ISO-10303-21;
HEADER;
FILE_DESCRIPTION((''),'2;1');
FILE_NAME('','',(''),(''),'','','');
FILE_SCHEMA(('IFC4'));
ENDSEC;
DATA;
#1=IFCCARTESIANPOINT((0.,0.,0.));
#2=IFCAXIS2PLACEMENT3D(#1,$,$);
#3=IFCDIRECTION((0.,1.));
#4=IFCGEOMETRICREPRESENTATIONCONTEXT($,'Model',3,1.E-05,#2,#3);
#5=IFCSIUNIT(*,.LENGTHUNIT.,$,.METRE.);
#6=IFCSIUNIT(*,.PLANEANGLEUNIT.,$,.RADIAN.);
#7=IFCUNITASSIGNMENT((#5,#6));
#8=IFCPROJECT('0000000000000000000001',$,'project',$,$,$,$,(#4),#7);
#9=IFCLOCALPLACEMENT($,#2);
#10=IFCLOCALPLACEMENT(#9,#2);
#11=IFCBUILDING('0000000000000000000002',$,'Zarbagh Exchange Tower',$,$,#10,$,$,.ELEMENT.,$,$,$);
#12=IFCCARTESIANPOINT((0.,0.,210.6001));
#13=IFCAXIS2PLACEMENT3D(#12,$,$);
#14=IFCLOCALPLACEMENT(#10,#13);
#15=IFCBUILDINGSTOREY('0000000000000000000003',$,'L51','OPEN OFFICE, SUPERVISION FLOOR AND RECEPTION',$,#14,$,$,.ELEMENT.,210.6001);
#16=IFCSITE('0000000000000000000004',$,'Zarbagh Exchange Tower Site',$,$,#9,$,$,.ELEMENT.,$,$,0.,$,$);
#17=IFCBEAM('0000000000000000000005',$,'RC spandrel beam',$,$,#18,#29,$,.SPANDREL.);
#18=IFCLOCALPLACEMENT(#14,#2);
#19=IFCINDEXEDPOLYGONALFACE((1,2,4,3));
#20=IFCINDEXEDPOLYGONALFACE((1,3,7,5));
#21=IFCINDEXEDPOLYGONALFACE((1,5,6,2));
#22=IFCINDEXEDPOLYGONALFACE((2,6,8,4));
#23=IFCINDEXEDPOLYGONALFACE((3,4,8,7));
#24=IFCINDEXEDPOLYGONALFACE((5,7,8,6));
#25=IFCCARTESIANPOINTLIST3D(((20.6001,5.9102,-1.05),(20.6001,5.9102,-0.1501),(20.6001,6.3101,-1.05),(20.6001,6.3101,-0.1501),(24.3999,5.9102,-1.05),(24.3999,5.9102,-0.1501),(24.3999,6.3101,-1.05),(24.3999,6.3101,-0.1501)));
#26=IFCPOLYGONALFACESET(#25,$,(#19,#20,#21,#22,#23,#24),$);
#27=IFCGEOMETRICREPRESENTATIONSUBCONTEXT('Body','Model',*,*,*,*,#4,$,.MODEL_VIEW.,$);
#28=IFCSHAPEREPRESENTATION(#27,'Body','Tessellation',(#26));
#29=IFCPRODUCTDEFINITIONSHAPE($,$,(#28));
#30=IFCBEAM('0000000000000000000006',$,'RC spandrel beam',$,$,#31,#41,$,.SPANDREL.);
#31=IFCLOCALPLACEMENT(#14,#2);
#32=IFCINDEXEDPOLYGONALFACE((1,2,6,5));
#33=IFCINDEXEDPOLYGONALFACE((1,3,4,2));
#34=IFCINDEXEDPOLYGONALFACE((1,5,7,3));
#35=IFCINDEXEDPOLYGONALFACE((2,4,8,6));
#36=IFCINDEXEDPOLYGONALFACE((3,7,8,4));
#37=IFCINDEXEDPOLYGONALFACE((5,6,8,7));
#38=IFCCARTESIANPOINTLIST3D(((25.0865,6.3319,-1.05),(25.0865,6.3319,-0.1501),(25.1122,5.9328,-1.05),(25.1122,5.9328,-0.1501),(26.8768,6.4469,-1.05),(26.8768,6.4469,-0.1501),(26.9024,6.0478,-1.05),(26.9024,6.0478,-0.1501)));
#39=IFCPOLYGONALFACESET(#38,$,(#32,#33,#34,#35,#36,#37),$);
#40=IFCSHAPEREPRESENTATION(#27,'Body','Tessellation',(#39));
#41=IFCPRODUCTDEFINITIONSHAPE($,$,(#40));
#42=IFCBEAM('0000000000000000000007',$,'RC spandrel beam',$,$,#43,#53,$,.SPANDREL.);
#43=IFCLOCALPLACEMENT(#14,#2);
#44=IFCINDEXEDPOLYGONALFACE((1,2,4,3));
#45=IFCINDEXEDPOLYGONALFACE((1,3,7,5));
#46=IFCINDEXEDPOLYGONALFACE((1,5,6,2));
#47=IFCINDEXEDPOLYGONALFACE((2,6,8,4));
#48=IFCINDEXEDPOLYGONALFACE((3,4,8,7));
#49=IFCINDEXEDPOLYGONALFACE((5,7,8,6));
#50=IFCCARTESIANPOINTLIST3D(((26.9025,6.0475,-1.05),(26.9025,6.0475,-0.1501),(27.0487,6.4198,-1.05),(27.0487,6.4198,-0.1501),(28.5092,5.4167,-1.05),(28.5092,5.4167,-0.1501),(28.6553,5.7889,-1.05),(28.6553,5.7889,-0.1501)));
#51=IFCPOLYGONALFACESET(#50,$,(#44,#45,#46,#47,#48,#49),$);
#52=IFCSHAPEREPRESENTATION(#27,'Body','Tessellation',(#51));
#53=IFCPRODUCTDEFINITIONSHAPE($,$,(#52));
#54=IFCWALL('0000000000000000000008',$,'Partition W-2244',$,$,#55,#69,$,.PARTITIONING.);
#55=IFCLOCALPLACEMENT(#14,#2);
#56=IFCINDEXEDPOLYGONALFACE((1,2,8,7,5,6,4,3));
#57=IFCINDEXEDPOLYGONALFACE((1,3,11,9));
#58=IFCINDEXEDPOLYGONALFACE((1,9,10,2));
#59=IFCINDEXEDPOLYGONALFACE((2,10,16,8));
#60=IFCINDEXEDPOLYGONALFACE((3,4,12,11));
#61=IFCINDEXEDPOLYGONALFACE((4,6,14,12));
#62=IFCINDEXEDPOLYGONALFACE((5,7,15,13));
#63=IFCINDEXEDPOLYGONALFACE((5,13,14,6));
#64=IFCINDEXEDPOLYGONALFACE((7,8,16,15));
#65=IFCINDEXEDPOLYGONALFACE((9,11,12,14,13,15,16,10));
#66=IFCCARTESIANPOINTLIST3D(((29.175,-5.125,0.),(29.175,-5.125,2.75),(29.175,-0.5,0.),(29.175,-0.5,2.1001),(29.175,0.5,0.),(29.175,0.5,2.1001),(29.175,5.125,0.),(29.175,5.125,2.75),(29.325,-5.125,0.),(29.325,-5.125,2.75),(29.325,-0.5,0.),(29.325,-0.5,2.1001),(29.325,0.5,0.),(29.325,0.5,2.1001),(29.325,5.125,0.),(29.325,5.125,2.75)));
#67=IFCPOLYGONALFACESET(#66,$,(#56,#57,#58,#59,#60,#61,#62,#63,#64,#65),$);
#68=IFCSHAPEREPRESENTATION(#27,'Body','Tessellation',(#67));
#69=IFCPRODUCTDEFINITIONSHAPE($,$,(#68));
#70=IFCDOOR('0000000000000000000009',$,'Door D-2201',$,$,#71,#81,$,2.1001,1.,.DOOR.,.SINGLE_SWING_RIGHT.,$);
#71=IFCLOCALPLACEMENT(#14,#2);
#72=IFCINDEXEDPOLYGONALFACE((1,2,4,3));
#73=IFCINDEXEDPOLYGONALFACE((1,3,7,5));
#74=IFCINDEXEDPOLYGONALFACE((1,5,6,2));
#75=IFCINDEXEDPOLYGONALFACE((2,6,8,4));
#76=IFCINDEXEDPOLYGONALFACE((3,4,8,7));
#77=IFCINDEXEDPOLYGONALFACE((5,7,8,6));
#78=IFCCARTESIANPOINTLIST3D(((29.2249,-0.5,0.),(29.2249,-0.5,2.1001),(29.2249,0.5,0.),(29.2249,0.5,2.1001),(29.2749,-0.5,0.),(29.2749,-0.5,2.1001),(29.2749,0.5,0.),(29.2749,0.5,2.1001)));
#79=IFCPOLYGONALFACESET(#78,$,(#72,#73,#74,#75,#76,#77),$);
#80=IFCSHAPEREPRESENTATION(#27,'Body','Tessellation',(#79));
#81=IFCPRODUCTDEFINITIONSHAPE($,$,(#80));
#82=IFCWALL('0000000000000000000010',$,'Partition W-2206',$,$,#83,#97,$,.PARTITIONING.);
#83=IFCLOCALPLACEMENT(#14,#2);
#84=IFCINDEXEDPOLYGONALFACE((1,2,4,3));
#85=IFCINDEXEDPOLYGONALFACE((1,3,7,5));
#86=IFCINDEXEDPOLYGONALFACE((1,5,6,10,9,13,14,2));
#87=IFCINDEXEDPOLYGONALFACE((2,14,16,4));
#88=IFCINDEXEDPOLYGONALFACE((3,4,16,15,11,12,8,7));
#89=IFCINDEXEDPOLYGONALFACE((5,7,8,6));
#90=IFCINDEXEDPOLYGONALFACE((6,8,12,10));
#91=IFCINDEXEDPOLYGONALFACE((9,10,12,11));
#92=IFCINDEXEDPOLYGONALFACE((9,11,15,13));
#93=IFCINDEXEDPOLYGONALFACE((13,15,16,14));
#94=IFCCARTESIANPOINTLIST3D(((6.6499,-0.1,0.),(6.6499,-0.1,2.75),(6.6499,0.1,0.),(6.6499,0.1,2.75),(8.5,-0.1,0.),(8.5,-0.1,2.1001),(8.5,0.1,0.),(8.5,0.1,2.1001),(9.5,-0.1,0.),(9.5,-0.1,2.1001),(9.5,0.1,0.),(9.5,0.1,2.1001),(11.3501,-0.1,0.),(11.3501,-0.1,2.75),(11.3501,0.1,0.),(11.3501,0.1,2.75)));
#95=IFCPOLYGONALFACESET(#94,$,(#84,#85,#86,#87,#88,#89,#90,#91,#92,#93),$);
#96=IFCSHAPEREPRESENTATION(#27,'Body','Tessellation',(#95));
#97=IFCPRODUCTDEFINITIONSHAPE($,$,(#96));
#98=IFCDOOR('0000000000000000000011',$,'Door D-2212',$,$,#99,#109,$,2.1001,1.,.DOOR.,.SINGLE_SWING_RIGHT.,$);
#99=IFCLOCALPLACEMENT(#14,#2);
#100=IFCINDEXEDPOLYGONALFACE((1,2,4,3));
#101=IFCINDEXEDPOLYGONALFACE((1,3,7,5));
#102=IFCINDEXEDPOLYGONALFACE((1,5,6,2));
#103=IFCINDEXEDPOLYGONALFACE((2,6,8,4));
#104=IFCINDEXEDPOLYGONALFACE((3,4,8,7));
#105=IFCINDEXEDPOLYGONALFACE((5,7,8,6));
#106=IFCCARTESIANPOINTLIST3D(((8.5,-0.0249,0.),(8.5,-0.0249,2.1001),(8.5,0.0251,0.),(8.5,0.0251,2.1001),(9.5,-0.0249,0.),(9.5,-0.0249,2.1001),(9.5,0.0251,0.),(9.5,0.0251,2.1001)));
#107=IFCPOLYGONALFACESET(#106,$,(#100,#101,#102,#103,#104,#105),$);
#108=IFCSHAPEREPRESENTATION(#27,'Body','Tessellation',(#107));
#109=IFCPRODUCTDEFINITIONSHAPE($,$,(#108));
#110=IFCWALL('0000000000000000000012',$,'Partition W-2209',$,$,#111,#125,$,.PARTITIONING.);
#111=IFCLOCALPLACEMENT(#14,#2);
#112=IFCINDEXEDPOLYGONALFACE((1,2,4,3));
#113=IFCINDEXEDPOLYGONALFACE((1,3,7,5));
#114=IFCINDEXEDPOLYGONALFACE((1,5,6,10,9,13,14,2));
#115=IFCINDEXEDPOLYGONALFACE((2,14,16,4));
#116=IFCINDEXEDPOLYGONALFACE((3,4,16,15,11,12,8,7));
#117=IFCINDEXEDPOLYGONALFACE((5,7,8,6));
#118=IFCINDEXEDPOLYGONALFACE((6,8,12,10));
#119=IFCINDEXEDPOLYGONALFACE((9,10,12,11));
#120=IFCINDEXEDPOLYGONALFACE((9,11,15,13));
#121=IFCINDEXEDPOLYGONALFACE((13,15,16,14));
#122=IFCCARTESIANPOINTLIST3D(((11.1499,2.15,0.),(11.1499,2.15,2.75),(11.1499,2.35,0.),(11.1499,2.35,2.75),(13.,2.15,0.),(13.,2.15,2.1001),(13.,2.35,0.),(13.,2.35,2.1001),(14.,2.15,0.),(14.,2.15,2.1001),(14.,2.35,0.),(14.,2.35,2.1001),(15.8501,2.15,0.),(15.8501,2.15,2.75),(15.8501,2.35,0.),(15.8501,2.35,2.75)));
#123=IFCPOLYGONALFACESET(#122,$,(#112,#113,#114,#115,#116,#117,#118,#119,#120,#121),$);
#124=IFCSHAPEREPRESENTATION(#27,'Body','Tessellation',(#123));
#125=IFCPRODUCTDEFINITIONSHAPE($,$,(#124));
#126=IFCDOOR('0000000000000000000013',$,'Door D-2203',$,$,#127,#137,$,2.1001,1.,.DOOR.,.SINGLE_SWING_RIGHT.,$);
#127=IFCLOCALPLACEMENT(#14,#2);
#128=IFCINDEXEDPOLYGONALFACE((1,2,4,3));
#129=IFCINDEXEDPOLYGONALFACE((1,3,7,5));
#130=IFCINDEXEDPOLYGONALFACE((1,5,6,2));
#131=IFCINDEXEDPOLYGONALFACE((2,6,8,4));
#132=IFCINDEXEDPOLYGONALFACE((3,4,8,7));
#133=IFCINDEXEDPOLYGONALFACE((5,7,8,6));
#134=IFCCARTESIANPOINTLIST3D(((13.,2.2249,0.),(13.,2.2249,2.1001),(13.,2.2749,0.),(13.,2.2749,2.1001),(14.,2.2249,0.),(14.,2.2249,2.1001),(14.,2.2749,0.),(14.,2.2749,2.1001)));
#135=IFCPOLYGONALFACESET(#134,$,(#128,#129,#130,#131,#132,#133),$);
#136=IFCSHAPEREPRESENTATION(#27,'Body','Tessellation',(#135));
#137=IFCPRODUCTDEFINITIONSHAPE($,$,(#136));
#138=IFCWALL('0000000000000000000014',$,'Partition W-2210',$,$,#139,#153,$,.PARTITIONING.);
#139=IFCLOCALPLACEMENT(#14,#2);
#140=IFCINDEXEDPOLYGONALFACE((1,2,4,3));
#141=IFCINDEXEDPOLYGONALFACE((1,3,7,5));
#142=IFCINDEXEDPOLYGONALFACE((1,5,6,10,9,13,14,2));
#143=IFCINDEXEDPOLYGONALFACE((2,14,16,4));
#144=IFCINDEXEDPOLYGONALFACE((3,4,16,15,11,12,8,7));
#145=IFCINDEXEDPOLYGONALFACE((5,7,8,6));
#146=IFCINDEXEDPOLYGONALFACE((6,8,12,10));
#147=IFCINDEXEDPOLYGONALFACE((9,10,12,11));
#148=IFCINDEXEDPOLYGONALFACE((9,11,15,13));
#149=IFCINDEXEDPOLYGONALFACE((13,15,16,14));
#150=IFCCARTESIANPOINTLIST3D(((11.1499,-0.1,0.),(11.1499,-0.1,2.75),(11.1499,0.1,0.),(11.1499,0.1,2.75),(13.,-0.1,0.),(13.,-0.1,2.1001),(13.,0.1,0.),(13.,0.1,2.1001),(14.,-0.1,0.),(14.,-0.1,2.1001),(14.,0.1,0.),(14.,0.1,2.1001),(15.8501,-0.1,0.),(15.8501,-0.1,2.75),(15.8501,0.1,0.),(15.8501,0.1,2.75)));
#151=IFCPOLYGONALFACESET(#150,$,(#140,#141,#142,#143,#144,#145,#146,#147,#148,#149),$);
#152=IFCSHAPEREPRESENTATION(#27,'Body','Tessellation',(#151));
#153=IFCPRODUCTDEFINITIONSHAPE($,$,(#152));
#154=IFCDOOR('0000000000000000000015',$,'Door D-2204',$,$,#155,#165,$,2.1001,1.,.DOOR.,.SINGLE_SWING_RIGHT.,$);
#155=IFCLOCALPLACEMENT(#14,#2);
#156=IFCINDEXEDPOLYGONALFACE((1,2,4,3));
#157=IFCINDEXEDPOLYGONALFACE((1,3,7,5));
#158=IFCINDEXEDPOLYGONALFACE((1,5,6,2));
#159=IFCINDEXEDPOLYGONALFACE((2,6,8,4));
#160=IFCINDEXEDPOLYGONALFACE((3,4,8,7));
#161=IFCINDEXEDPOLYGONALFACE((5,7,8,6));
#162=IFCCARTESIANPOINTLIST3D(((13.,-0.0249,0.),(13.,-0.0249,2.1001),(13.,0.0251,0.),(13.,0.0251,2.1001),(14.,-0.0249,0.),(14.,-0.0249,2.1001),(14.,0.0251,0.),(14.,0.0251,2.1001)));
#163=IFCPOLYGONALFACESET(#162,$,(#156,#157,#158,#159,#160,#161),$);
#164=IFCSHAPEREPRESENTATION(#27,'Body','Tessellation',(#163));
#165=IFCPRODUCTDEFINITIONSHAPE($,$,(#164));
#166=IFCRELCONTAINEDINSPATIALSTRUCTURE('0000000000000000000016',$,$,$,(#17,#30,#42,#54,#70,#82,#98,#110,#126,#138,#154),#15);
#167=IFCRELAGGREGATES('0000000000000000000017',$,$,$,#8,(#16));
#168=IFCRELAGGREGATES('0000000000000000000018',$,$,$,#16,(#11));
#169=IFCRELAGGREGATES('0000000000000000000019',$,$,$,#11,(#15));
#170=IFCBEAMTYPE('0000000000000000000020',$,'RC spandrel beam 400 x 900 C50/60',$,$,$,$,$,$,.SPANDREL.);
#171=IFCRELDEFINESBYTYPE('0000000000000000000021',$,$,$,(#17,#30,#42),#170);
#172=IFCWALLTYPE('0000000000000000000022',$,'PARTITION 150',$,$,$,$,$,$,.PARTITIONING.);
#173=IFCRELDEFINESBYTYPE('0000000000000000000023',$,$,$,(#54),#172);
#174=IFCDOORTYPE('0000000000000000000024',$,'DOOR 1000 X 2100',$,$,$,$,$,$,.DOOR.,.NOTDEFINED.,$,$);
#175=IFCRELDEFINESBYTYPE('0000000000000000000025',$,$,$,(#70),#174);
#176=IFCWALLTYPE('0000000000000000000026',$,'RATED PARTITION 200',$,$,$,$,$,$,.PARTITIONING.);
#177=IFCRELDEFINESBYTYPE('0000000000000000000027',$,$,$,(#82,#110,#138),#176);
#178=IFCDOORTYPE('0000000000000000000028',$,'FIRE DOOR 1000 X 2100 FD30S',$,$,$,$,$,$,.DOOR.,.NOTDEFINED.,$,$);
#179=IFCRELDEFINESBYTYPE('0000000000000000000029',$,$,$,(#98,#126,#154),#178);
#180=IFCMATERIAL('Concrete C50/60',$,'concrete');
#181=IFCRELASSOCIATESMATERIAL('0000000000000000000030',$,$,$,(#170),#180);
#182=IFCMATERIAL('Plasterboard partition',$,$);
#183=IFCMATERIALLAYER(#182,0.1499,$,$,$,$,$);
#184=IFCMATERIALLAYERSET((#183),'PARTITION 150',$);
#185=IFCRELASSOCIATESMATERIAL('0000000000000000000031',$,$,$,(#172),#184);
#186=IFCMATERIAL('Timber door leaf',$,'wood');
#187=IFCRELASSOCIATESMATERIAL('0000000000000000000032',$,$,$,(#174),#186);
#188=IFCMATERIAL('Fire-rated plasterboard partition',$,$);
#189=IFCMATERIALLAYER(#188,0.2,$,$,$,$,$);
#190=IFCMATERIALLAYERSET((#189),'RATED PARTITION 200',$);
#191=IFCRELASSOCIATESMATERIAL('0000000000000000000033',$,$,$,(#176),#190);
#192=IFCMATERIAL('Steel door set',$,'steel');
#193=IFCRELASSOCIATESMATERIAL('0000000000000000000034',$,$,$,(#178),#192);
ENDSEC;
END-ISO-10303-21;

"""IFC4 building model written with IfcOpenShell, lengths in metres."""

from ifc_helpers import new_model, si_unit, direction, frame, frame_2d, origin, origin_2d, place, context, subcontext, project, spatial, rectangle, extrude, material, layer, layer_set, material_profile, profile_set, type_object, element, fill, save


model = new_model("IFC4")

# Units and contexts
model_context = context("Model", 3, precision=1e-05, world=origin(), true_north=direction((0.0, 1.0)))
body_context = subcontext(model_context, "Body", "Model", "MODEL_VIEW")
ifc_project = project(units=[si_unit("LENGTHUNIT", "METRE"), si_unit("PLANEANGLEUNIT", "RADIAN")], contexts=[model_context])

# Site, building, storey
site_placement = place(None, origin())
site = spatial("IfcSite", under=ifc_project, at=site_placement, Name="Zarbagh Exchange Tower Site", CompositionType="ELEMENT", RefElevation=0.0)
building_placement = place(site_placement, origin())
building = spatial("IfcBuilding", under=site, at=building_placement, Name="Zarbagh Exchange Tower", CompositionType="ELEMENT")
storey_placement = place(building_placement, frame((0.0, 0.0, 210.6001)))
storey = spatial("IfcBuildingStorey", under=building, at=storey_placement, Name="L51", Description="OPEN OFFICE, SUPERVISION FLOOR AND RECEPTION", CompositionType="ELEMENT", Elevation=210.6001)

# Shared definitions
ifc_material_1 = material(Name="Concrete C50/60", Category="concrete")

# Beams
ifc_material_profile_1 = material_profile(ifc_material_1, rectangle(XDim=0.3999, YDim=0.8999, at=origin_2d()), Name="RC spandrel beam 400 x 900 C50/60")
ifc_profile_set_1 = profile_set([ifc_material_profile_1], Name="Concrete C50/60")
beam_type_1 = type_object("IfcBeamType", Name="RC spandrel beam 400 x 900 C50/60", PredefinedType="SPANDREL", material=ifc_profile_set_1)
beam_1_placement = place(storey_placement, frame((20.6001, 6.1101, -0.6001), z_axis=(1.0, 0.0, 0.0), x_axis=(0.0, 1.0, 0.0)))
element("IfcBeam", 1, at=beam_1_placement, inside=storey, type_object=beam_type_1, Name="RC spandrel beam", PredefinedType="SPANDREL", context=body_context, shape_type="SweptSolid", body=[
    extrude(rectangle(XDim=0.3999, YDim=0.8999, at=origin_2d()), origin(), (0.0, 0.0, 1.0), 3.7998),
])
beam_2_placement = place(storey_placement, frame((25.0994, 6.1323, -0.6001), z_axis=(0.997944, 0.064098, 0.0), x_axis=(-0.064098, 0.997944, 0.0)))
element("IfcBeam", 2, at=beam_2_placement, inside=storey, type_object=beam_type_1, Name="RC spandrel beam", PredefinedType="SPANDREL", context=body_context, shape_type="SweptSolid", body=[
    extrude(rectangle(XDim=0.3999, YDim=0.8999, at=origin_2d()), origin(), (0.0, 0.0, 1.0), 1.7939),
])
beam_3_placement = place(storey_placement, frame((26.9756, 6.2336, -0.6001), z_axis=(0.930819, -0.365482, 0.0), x_axis=(0.365482, 0.930819, 0.0)))
element("IfcBeam", 3, at=beam_3_placement, inside=storey, type_object=beam_type_1, Name="RC spandrel beam", PredefinedType="SPANDREL", context=body_context, shape_type="SweptSolid", body=[
    extrude(rectangle(XDim=0.3999, YDim=0.8999, at=origin_2d()), origin(), (0.0, 0.0, 1.0), 1.7261),
])

# Walls, openings, doors
ifc_material_2 = material(Name="Plasterboard partition")
ifc_layer_1 = layer(ifc_material_2, 0.1499)
ifc_layer_set_1 = layer_set([ifc_layer_1], Name="PARTITION 150")
wall_type_1 = type_object("IfcWallType", Name="PARTITION 150", PredefinedType="PARTITIONING", material=ifc_layer_set_1)
wall_1_placement = place(storey_placement, frame((29.25, 5.125, 0.0), z_axis=(0.0, 0.0, 1.0), x_axis=(0.0, -1.0, 0.0)))
wall_1 = element("IfcWall", 4, at=wall_1_placement, inside=storey, type_object=wall_type_1, Name="Partition W-2244", PredefinedType="PARTITIONING", context=body_context, shape_type="SweptSolid", body=[
    extrude(rectangle(XDim=10.25, YDim=0.1499, at=frame_2d((5.125, 0.0))), origin(), (0.0, 0.0, 1.0), 2.75),
])
opening_1_placement = place(wall_1_placement, frame((4.625, 0.0, 0.0)))
opening_1 = element("IfcOpeningElement", 5, at=opening_1_placement, cuts=wall_1, PredefinedType="OPENING", context=body_context, shape_type="SweptSolid", body=[
    extrude(rectangle(XDim=1.0, YDim=2.1001, at=frame_2d((0.5, 1.05))), frame((0.0, 0.085, 0.0), z_axis=(0.0, -1.0, 0.0), x_axis=(1.0, 0.0, 0.0)), (0.0, 0.0, 1.0), 0.1699),
])
ifc_material_3 = material(Name="Timber door leaf", Category="wood")
door_type_1 = type_object("IfcDoorType", Name="DOOR 1000 X 2100", OperationType="NOTDEFINED", PredefinedType="DOOR", material=ifc_material_3)
door_1_placement = place(opening_1_placement, origin())
door_1 = element("IfcDoor", 6, at=door_1_placement, inside=storey, type_object=door_type_1, Name="Door D-2201", OperationType="SINGLE_SWING_RIGHT", OverallHeight=2.1001, OverallWidth=1.0, PredefinedType="DOOR", context=body_context, shape_type="SweptSolid", body=[
    extrude(rectangle(XDim=1.0, YDim=2.1001, at=frame_2d((0.5, 1.05))), frame((0.0, 0.0249, 0.0), z_axis=(0.0, -1.0, 0.0), x_axis=(1.0, 0.0, 0.0)), (0.0, 0.0, 1.0), 0.05),
])
fill(opening_1, door_1)
ifc_material_4 = material(Name="Fire-rated plasterboard partition")
ifc_layer_2 = layer(ifc_material_4, 0.2)
ifc_layer_set_2 = layer_set([ifc_layer_2], Name="RATED PARTITION 200")
wall_type_2 = type_object("IfcWallType", Name="RATED PARTITION 200", PredefinedType="PARTITIONING", material=ifc_layer_set_2)
wall_2_placement = place(storey_placement, frame((11.3501, 0.0, 0.0), z_axis=(0.0, 0.0, 1.0), x_axis=(-1.0, 0.0, 0.0)))
wall_2 = element("IfcWall", 7, at=wall_2_placement, inside=storey, type_object=wall_type_2, Name="Partition W-2206", PredefinedType="PARTITIONING", context=body_context, shape_type="SweptSolid", body=[
    extrude(rectangle(XDim=4.7002, YDim=0.2, at=frame_2d((2.3501, 0.0))), origin(), (0.0, 0.0, 1.0), 2.75),
])
opening_2_placement = place(wall_2_placement, frame((1.8501, 0.0, 0.0)))
opening_2 = element("IfcOpeningElement", 8, at=opening_2_placement, cuts=wall_2, PredefinedType="OPENING", context=body_context, shape_type="SweptSolid", body=[
    extrude(rectangle(XDim=1.0, YDim=2.1001, at=frame_2d((0.5, 1.05))), frame((0.0, 0.1099, 0.0), z_axis=(0.0, -1.0, 0.0), x_axis=(1.0, 0.0, 0.0)), (0.0, 0.0, 1.0), 0.22),
])
ifc_material_5 = material(Name="Steel door set", Category="steel")
door_type_2 = type_object("IfcDoorType", Name="FIRE DOOR 1000 X 2100 FD30S", OperationType="NOTDEFINED", PredefinedType="DOOR", material=ifc_material_5)
door_2_placement = place(opening_2_placement, origin())
door_2 = element("IfcDoor", 9, at=door_2_placement, inside=storey, type_object=door_type_2, Name="Door D-2212", OperationType="SINGLE_SWING_RIGHT", OverallHeight=2.1001, OverallWidth=1.0, PredefinedType="DOOR", context=body_context, shape_type="SweptSolid", body=[
    extrude(rectangle(XDim=1.0, YDim=2.1001, at=frame_2d((0.5, 1.05))), frame((0.0, 0.0249, 0.0), z_axis=(0.0, -1.0, 0.0), x_axis=(1.0, 0.0, 0.0)), (0.0, 0.0, 1.0), 0.05),
])
fill(opening_2, door_2)
wall_3_placement = place(storey_placement, frame((11.1499, 2.25, 0.0), z_axis=(0.0, 0.0, 1.0), x_axis=(1.0, 0.0, 0.0)))
wall_3 = element("IfcWall", 10, at=wall_3_placement, inside=storey, type_object=wall_type_2, Name="Partition W-2209", PredefinedType="PARTITIONING", context=body_context, shape_type="SweptSolid", body=[
    extrude(rectangle(XDim=4.7002, YDim=0.2, at=frame_2d((2.3501, 0.0))), origin(), (0.0, 0.0, 1.0), 2.75),
])
opening_3_placement = place(wall_3_placement, frame((1.8501, 0.0, 0.0)))
opening_3 = element("IfcOpeningElement", 11, at=opening_3_placement, cuts=wall_3, PredefinedType="OPENING", context=body_context, shape_type="SweptSolid", body=[
    extrude(rectangle(XDim=1.0, YDim=2.1001, at=frame_2d((0.5, 1.05))), frame((0.0, 0.1099, 0.0), z_axis=(0.0, -1.0, 0.0), x_axis=(1.0, 0.0, 0.0)), (0.0, 0.0, 1.0), 0.22),
])
door_3_placement = place(opening_3_placement, origin())
door_3 = element("IfcDoor", 12, at=door_3_placement, inside=storey, type_object=door_type_2, Name="Door D-2203", OperationType="SINGLE_SWING_RIGHT", OverallHeight=2.1001, OverallWidth=1.0, PredefinedType="DOOR", context=body_context, shape_type="SweptSolid", body=[
    extrude(rectangle(XDim=1.0, YDim=2.1001, at=frame_2d((0.5, 1.05))), frame((0.0, 0.0249, 0.0), z_axis=(0.0, -1.0, 0.0), x_axis=(1.0, 0.0, 0.0)), (0.0, 0.0, 1.0), 0.05),
])
fill(opening_3, door_3)
wall_4_placement = place(storey_placement, frame((15.8501, 0.0, 0.0), z_axis=(0.0, 0.0, 1.0), x_axis=(-1.0, 0.0, 0.0)))
wall_4 = element("IfcWall", 13, at=wall_4_placement, inside=storey, type_object=wall_type_2, Name="Partition W-2210", PredefinedType="PARTITIONING", context=body_context, shape_type="SweptSolid", body=[
    extrude(rectangle(XDim=4.7002, YDim=0.2, at=frame_2d((2.3501, 0.0))), origin(), (0.0, 0.0, 1.0), 2.75),
])
opening_4_placement = place(wall_4_placement, frame((1.8501, 0.0, 0.0)))
opening_4 = element("IfcOpeningElement", 14, at=opening_4_placement, cuts=wall_4, PredefinedType="OPENING", context=body_context, shape_type="SweptSolid", body=[
    extrude(rectangle(XDim=1.0, YDim=2.1001, at=frame_2d((0.5, 1.05))), frame((0.0, 0.1099, 0.0), z_axis=(0.0, -1.0, 0.0), x_axis=(1.0, 0.0, 0.0)), (0.0, 0.0, 1.0), 0.22),
])
door_4_placement = place(opening_4_placement, origin())
door_4 = element("IfcDoor", 15, at=door_4_placement, inside=storey, type_object=door_type_2, Name="Door D-2204", OperationType="SINGLE_SWING_RIGHT", OverallHeight=2.1001, OverallWidth=1.0, PredefinedType="DOOR", context=body_context, shape_type="SweptSolid", body=[
    extrude(rectangle(XDim=1.0, YDim=2.1001, at=frame_2d((0.5, 1.05))), frame((0.0, 0.0249, 0.0), z_axis=(0.0, -1.0, 0.0), x_axis=(1.0, 0.0, 0.0)), (0.0, 0.0, 1.0), 0.05),
])
fill(opening_4, door_4)

save(model, "model.ifc")
